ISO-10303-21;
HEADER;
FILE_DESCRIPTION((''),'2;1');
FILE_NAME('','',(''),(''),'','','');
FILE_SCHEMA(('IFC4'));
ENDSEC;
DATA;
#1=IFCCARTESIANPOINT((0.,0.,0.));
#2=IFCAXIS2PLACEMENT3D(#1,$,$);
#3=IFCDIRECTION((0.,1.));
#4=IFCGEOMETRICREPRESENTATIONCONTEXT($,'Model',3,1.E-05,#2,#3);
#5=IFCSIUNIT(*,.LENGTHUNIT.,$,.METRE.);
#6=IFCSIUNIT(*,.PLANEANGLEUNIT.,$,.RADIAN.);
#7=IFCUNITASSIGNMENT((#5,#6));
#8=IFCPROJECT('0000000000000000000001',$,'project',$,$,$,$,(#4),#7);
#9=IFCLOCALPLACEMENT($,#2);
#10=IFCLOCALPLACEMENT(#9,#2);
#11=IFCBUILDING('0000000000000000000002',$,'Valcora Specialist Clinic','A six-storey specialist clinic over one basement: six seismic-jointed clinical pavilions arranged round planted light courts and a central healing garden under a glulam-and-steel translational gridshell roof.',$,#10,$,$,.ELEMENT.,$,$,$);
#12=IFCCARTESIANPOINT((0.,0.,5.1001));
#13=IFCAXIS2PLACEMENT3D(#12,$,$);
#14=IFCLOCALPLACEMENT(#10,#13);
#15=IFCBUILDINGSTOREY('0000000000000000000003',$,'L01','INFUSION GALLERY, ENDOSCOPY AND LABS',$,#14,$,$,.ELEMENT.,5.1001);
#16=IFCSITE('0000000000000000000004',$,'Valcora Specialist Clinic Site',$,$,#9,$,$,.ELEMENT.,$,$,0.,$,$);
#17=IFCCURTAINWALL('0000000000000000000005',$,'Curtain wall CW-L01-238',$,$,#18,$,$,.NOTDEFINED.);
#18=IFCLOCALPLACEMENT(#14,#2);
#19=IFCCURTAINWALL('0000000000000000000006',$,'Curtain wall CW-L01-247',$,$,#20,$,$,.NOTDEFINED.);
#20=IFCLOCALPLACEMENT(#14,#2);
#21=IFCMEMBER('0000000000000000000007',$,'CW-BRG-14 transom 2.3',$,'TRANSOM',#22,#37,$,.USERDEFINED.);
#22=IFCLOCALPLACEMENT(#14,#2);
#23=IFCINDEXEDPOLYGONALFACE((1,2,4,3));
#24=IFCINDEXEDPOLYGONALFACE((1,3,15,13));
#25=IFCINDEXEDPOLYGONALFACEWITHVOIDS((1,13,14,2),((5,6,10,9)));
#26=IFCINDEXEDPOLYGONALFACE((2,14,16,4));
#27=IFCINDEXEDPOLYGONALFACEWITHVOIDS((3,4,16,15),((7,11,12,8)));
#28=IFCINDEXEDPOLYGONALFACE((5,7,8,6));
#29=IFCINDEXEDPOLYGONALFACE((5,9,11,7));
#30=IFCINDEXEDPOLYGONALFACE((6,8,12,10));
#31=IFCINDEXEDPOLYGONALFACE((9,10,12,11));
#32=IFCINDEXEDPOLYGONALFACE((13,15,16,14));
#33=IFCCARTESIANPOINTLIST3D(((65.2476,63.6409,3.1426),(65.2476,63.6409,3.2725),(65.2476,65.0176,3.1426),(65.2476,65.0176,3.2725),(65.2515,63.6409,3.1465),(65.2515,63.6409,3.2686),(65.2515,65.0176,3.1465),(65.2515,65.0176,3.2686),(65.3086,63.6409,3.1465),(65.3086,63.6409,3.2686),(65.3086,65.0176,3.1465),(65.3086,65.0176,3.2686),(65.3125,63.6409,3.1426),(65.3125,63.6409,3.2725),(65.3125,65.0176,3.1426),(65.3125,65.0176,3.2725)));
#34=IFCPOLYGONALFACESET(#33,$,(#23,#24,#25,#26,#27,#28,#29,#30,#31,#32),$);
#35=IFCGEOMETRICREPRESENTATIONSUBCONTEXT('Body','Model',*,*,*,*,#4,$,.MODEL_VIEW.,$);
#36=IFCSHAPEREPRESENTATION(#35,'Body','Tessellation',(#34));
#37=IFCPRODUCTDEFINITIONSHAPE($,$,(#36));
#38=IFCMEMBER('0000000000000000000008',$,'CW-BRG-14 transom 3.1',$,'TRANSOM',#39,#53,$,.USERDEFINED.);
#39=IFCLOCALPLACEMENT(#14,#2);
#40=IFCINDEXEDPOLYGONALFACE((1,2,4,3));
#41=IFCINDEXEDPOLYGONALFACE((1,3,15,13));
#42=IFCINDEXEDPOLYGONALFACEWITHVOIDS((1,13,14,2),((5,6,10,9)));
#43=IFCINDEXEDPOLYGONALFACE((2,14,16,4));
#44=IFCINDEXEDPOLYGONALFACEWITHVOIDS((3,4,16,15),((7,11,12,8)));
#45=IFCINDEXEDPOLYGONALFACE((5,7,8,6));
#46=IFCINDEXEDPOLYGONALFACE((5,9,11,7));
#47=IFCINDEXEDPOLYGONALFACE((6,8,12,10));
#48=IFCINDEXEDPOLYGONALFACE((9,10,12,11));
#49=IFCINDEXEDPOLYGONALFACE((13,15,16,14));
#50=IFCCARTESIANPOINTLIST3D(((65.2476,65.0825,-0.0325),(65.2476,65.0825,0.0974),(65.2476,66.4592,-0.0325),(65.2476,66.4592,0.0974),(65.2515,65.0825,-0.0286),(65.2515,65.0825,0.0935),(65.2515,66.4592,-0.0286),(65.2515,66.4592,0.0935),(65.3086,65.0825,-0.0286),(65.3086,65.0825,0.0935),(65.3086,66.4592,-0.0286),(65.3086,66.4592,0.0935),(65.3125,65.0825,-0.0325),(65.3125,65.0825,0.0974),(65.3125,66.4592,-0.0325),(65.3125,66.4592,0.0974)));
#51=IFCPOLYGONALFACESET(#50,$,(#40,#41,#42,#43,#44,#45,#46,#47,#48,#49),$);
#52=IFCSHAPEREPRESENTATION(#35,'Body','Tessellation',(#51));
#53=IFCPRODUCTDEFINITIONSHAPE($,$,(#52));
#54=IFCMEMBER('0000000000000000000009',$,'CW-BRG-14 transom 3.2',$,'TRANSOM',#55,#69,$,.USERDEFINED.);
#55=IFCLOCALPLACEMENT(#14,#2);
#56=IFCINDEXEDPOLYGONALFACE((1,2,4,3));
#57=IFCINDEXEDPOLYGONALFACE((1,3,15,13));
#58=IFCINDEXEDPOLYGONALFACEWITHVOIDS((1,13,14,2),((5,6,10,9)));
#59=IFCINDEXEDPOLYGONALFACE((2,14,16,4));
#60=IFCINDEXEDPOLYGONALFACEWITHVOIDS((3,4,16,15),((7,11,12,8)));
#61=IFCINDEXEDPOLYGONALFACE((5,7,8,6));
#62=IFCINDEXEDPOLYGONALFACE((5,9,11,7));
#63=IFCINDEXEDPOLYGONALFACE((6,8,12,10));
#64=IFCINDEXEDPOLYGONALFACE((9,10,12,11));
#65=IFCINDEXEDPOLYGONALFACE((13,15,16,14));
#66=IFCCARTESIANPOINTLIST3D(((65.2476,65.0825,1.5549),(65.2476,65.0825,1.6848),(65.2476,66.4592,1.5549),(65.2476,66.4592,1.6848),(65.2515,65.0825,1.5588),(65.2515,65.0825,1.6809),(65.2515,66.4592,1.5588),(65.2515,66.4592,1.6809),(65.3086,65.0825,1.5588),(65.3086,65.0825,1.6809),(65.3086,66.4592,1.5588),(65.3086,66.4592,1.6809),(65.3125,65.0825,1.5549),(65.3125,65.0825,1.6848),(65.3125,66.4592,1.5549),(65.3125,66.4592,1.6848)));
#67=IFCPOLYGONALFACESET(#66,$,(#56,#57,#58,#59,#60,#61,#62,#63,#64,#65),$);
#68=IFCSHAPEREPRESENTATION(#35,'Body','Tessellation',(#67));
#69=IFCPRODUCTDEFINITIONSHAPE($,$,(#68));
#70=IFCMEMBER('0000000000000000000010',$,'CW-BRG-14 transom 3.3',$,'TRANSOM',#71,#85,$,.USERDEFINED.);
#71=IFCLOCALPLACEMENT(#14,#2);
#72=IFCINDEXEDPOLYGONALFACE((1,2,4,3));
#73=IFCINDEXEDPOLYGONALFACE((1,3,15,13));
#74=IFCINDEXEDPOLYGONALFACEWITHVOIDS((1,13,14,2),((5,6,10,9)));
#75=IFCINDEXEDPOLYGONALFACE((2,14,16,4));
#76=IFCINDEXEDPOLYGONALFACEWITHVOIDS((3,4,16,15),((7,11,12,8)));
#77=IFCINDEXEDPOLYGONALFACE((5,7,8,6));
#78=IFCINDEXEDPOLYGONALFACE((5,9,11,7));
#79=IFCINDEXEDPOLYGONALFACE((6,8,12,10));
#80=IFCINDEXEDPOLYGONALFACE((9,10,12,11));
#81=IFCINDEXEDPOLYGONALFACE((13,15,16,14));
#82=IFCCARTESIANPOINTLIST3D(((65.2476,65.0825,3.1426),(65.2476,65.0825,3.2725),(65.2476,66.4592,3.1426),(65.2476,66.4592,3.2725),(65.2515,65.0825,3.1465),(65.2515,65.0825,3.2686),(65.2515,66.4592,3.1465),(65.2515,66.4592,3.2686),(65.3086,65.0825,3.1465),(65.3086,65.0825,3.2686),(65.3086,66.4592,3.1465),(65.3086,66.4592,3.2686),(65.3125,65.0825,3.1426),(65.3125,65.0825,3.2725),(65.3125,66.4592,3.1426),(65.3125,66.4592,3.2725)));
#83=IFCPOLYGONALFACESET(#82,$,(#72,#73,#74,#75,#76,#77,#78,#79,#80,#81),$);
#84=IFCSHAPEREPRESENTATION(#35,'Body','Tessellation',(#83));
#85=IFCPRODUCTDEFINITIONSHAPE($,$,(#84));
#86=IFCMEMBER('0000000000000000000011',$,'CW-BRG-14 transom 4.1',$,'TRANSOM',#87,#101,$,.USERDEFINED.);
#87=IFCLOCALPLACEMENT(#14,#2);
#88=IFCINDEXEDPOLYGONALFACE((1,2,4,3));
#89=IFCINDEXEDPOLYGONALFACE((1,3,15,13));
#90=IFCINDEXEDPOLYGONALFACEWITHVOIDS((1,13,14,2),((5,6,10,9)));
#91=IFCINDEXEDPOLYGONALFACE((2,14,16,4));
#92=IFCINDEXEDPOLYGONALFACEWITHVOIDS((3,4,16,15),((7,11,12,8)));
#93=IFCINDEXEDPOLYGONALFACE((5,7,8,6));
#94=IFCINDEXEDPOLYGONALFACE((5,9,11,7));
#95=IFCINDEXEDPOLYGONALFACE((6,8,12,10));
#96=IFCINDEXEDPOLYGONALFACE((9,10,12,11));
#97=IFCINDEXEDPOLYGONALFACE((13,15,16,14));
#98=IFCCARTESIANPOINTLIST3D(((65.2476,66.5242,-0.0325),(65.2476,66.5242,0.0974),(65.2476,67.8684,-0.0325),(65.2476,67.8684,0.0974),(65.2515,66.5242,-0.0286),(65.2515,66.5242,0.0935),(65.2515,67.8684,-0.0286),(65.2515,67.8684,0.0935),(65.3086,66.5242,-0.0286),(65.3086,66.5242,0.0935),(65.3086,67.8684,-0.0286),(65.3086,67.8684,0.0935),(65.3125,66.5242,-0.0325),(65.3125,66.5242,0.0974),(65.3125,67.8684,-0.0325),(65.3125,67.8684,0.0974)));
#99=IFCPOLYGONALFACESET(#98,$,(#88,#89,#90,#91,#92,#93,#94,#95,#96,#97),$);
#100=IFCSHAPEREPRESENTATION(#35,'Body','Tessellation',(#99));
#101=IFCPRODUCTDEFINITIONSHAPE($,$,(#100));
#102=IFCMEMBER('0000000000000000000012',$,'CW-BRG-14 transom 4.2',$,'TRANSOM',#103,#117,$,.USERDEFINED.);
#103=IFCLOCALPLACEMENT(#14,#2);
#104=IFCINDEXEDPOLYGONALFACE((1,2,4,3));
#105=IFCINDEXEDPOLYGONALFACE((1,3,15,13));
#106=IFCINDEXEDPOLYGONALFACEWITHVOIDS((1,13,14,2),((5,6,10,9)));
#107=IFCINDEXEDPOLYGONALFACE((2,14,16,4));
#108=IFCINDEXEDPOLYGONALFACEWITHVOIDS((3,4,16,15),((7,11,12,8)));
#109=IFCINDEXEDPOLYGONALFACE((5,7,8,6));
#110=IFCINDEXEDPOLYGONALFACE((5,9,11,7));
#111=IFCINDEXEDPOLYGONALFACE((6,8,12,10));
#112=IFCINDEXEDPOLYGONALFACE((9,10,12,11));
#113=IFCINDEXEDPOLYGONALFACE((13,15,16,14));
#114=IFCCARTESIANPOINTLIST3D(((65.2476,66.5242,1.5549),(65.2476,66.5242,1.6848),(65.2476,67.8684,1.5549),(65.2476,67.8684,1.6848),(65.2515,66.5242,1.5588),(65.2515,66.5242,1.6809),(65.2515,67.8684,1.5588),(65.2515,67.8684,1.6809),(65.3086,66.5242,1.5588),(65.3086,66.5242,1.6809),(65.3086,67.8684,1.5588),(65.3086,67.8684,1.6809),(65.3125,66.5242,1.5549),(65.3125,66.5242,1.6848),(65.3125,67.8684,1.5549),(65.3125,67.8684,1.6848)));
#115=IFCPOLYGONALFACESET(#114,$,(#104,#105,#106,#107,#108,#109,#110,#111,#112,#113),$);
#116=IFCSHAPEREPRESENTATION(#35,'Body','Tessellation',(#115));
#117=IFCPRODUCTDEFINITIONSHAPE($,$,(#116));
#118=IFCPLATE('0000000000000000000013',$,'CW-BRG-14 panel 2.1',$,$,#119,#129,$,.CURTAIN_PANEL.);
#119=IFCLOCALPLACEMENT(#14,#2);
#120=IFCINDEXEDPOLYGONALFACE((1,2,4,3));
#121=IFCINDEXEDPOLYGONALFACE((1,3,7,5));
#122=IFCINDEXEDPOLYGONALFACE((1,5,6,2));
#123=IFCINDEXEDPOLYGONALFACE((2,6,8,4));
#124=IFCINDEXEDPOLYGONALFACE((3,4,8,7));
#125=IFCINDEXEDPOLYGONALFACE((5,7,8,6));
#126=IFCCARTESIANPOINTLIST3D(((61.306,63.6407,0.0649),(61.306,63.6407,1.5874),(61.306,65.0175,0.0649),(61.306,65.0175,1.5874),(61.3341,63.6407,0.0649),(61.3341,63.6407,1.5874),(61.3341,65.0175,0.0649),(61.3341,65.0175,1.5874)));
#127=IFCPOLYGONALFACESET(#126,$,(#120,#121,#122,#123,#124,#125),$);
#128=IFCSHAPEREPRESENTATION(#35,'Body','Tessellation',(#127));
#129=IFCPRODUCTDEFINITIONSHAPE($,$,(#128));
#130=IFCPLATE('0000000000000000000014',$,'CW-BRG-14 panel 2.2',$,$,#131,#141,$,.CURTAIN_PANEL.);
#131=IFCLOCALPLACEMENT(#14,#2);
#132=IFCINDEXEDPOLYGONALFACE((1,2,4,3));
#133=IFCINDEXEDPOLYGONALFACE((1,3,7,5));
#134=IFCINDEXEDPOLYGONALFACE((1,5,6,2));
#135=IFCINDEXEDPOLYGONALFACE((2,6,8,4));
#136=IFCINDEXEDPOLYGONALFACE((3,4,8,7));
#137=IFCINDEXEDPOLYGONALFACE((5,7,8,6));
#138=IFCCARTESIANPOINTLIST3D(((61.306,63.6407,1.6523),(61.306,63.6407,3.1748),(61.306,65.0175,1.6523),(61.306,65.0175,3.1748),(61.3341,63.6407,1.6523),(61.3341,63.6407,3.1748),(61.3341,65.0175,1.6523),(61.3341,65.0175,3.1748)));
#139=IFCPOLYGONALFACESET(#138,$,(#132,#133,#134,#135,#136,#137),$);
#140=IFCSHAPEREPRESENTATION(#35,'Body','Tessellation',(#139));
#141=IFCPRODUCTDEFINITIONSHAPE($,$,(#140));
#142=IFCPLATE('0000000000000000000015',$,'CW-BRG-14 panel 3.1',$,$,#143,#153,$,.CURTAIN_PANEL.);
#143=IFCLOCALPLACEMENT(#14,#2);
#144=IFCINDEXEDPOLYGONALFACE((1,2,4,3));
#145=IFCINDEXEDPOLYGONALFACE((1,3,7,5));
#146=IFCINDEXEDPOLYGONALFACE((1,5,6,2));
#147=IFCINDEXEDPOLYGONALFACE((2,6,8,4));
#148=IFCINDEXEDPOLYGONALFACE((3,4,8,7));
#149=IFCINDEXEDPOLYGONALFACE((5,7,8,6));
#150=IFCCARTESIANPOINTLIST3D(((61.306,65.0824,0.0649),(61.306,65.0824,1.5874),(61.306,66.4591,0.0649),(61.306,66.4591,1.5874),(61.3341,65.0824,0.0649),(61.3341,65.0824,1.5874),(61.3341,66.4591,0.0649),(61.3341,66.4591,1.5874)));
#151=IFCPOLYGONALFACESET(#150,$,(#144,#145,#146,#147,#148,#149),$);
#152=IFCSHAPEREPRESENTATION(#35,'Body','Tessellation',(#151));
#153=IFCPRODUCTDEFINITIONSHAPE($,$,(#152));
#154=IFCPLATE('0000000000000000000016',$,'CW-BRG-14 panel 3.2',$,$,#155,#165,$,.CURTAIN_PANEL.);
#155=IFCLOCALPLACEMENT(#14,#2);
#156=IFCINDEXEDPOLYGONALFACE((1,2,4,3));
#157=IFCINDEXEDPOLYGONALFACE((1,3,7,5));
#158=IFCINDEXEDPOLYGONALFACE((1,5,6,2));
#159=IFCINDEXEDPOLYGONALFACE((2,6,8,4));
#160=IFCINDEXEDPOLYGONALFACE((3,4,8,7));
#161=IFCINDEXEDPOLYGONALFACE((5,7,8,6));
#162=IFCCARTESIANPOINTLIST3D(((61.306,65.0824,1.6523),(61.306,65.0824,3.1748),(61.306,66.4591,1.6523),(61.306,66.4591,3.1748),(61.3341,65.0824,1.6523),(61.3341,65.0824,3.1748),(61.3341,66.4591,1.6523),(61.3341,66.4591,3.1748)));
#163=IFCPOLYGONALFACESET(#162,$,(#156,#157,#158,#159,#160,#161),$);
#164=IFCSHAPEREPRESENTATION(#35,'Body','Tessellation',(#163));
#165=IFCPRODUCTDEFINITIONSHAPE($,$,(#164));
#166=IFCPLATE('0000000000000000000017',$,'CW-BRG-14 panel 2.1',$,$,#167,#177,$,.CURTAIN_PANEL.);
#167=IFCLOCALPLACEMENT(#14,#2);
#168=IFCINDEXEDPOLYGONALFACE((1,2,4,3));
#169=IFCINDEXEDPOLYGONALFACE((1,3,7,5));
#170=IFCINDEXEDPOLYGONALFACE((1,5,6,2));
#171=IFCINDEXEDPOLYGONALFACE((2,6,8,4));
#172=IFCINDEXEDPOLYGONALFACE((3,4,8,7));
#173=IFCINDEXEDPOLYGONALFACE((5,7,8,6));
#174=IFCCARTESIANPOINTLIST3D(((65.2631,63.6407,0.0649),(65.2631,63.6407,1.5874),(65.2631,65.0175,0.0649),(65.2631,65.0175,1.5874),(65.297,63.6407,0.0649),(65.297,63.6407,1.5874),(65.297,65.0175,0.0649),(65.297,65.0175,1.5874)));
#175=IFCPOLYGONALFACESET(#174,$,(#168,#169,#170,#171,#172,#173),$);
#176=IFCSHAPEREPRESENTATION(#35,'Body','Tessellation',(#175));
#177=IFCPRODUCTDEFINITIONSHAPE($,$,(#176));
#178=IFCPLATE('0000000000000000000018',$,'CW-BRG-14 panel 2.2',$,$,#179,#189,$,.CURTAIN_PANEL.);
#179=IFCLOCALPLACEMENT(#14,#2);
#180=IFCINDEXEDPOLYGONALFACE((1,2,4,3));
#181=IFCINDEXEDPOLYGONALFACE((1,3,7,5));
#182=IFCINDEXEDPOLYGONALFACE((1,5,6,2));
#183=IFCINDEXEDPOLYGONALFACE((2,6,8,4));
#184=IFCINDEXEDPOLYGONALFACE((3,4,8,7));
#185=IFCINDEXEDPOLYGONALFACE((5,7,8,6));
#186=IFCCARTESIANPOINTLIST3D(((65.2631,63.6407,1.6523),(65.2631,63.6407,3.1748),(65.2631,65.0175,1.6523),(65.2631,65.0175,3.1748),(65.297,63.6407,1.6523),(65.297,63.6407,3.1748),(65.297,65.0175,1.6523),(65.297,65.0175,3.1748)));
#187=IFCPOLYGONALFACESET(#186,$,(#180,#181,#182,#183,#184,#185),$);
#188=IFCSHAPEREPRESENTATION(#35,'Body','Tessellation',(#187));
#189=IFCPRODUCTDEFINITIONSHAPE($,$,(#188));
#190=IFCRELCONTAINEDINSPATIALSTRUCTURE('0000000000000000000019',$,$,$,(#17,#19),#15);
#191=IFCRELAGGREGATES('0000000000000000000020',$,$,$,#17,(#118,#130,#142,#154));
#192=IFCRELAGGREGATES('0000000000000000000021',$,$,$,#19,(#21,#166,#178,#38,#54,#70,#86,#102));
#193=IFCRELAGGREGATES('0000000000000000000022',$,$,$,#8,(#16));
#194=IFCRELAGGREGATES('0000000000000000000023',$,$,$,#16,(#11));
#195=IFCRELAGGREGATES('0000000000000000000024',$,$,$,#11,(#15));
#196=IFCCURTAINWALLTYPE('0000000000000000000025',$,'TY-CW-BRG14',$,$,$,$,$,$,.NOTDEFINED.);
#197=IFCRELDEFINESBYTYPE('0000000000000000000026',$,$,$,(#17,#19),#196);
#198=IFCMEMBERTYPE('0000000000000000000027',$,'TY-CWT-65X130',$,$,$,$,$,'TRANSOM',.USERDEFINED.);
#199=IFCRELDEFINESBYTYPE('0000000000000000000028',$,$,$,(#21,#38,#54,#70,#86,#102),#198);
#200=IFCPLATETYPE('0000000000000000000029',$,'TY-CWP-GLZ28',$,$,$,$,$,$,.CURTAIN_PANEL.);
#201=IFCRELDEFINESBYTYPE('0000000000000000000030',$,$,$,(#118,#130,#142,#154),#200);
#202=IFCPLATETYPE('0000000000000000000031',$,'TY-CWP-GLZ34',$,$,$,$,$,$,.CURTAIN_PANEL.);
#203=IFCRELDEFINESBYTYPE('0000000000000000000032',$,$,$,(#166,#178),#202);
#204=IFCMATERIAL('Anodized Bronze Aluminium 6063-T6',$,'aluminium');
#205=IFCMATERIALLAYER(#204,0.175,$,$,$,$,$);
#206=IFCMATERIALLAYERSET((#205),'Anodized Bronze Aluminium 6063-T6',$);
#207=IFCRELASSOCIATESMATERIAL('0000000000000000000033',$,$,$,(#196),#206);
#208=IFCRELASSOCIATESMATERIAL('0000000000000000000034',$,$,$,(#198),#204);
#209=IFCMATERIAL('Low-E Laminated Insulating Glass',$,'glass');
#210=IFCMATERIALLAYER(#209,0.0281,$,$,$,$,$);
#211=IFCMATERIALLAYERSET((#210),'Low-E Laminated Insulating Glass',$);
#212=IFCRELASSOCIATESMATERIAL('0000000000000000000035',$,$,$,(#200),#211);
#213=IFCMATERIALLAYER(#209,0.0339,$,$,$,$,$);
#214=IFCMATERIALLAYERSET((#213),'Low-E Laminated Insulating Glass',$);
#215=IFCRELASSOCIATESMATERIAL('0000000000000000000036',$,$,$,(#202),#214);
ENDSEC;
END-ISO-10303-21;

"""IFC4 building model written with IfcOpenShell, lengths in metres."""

from ifc_helpers import new_model, si_unit, direction, frame, origin, origin_2d, place, context, subcontext, project, spatial, rectangle, hollow_rectangle, extrude, material, layer, layer_set, material_profile, profile_set, type_object, element, aggregate, save


model = new_model("IFC4")

# Units and contexts
model_context = context("Model", 3, precision=1e-05, world=origin(), true_north=direction((0.0, 1.0)))
body_context = subcontext(model_context, "Body", "Model", "MODEL_VIEW")
ifc_project = project(units=[si_unit("LENGTHUNIT", "METRE"), si_unit("PLANEANGLEUNIT", "RADIAN")], contexts=[model_context])

# Site, building, storey
site_placement = place(None, origin())
site = spatial("IfcSite", under=ifc_project, at=site_placement, Name="Valcora Specialist Clinic Site", CompositionType="ELEMENT", RefElevation=0.0)
building_placement = place(site_placement, origin())
building = spatial("IfcBuilding", under=site, at=building_placement, Name="Valcora Specialist Clinic", Description="A six-storey specialist clinic over one basement: six seismic-jointed clinical pavilions arranged round planted light courts and a central healing garden under a glulam-and-steel translational gridshell roof.", CompositionType="ELEMENT")
storey_placement = place(building_placement, frame((0.0, 0.0, 5.1001)))
storey = spatial("IfcBuildingStorey", under=building, at=storey_placement, Name="L01", Description="INFUSION GALLERY, ENDOSCOPY AND LABS", CompositionType="ELEMENT", Elevation=5.1001)

# Curtain walls
ifc_material_1 = material(Name="Anodized Bronze Aluminium 6063-T6", Category="aluminium")
ifc_layer_1 = layer(ifc_material_1, 0.175)
ifc_layer_set_1 = layer_set([ifc_layer_1], Name="Anodized Bronze Aluminium 6063-T6")
curtain_wall_type = type_object("IfcCurtainWallType", Name="TY-CW-BRG14", PredefinedType="NOTDEFINED", material=ifc_layer_set_1)
curtain_wall_1_placement = place(storey_placement, origin())
curtain_wall_1 = element("IfcCurtainWall", 1, at=curtain_wall_1_placement, inside=storey, type_object=curtain_wall_type, Name="Curtain wall CW-L01-238", PredefinedType="NOTDEFINED")
curtain_wall_2_placement = place(storey_placement, origin())
curtain_wall_2 = element("IfcCurtainWall", 2, at=curtain_wall_2_placement, inside=storey, type_object=curtain_wall_type, Name="Curtain wall CW-L01-247", PredefinedType="NOTDEFINED")

# Members
ifc_material_profile_1 = material_profile(ifc_material_1, hollow_rectangle(XDim=0.0649, YDim=0.1299, WallThickness=0.0039, at=origin_2d()), Name="AL-TRN-65X130")
ifc_profile_set_1 = profile_set([ifc_material_profile_1], Name="Anodized Bronze Aluminium 6063-T6")
member_type_1 = type_object("IfcMemberType", Name="TY-CWT-65X130", ElementType="TRANSOM", PredefinedType="USERDEFINED", material=ifc_profile_set_1)
member_1_placement = place(storey_placement, frame((65.28, 63.6409, 3.2075), z_axis=(0.0, 1.0, 0.0), x_axis=(-1.0, 0.0, 0.0)))
member_1 = element("IfcMember", 3, at=member_1_placement, type_object=member_type_1, Name="CW-BRG-14 transom 2.3", ObjectType="TRANSOM", PredefinedType="USERDEFINED", context=body_context, shape_type="SweptSolid", body=[
    extrude(hollow_rectangle(XDim=0.0649, YDim=0.1299, WallThickness=0.0039, at=origin_2d()), origin(), (0.0, 0.0, 1.0), 1.3767),
])
member_2_placement = place(storey_placement, frame((65.28, 65.0825, 0.0325), z_axis=(0.0, 1.0, 0.0), x_axis=(-1.0, 0.0, 0.0)))
member_2 = element("IfcMember", 4, at=member_2_placement, type_object=member_type_1, Name="CW-BRG-14 transom 3.1", ObjectType="TRANSOM", PredefinedType="USERDEFINED", context=body_context, shape_type="SweptSolid", body=[
    extrude(hollow_rectangle(XDim=0.0649, YDim=0.1299, WallThickness=0.0039, at=origin_2d()), origin(), (0.0, 0.0, 1.0), 1.3767),
])
member_3_placement = place(storey_placement, frame((65.28, 65.0825, 1.6199), z_axis=(0.0, 1.0, 0.0), x_axis=(-1.0, 0.0, 0.0)))
member_3 = element("IfcMember", 5, at=member_3_placement, type_object=member_type_1, Name="CW-BRG-14 transom 3.2", ObjectType="TRANSOM", PredefinedType="USERDEFINED", context=body_context, shape_type="SweptSolid", body=[
    extrude(hollow_rectangle(XDim=0.0649, YDim=0.1299, WallThickness=0.0039, at=origin_2d()), origin(), (0.0, 0.0, 1.0), 1.3767),
])
member_4_placement = place(storey_placement, frame((65.28, 65.0825, 3.2075), z_axis=(0.0, 1.0, 0.0), x_axis=(-1.0, 0.0, 0.0)))
member_4 = element("IfcMember", 6, at=member_4_placement, type_object=member_type_1, Name="CW-BRG-14 transom 3.3", ObjectType="TRANSOM", PredefinedType="USERDEFINED", context=body_context, shape_type="SweptSolid", body=[
    extrude(hollow_rectangle(XDim=0.0649, YDim=0.1299, WallThickness=0.0039, at=origin_2d()), origin(), (0.0, 0.0, 1.0), 1.3767),
])
member_5_placement = place(storey_placement, frame((65.28, 66.5242, 0.0325), z_axis=(0.0, 1.0, 0.0), x_axis=(-1.0, 0.0, 0.0)))
member_5 = element("IfcMember", 7, at=member_5_placement, type_object=member_type_1, Name="CW-BRG-14 transom 4.1", ObjectType="TRANSOM", PredefinedType="USERDEFINED", context=body_context, shape_type="SweptSolid", body=[
    extrude(hollow_rectangle(XDim=0.0649, YDim=0.1299, WallThickness=0.0039, at=origin_2d()), origin(), (0.0, 0.0, 1.0), 1.3442),
])
member_6_placement = place(storey_placement, frame((65.28, 66.5242, 1.6199), z_axis=(0.0, 1.0, 0.0), x_axis=(-1.0, 0.0, 0.0)))
member_6 = element("IfcMember", 8, at=member_6_placement, type_object=member_type_1, Name="CW-BRG-14 transom 4.2", ObjectType="TRANSOM", PredefinedType="USERDEFINED", context=body_context, shape_type="SweptSolid", body=[
    extrude(hollow_rectangle(XDim=0.0649, YDim=0.1299, WallThickness=0.0039, at=origin_2d()), origin(), (0.0, 0.0, 1.0), 1.3442),
])

# Plates
ifc_material_2 = material(Name="Low-E Laminated Insulating Glass", Category="glass")
ifc_layer_2 = layer(ifc_material_2, 0.0281)
ifc_layer_set_2 = layer_set([ifc_layer_2], Name="Low-E Laminated Insulating Glass")
plate_type_1 = type_object("IfcPlateType", Name="TY-CWP-GLZ28", PredefinedType="CURTAIN_PANEL", material=ifc_layer_set_2)
plate_1_placement = place(storey_placement, frame((61.3201, 64.3291, 0.0649), z_axis=(0.0, 0.0, 1.0), x_axis=(0.0, 1.0, 0.0)))
plate_1 = element("IfcPlate", 9, at=plate_1_placement, type_object=plate_type_1, Name="CW-BRG-14 panel 2.1", PredefinedType="CURTAIN_PANEL", context=body_context, shape_type="SweptSolid", body=[
    extrude(rectangle(XDim=1.3767, YDim=0.0281, at=origin_2d()), origin(), (0.0, 0.0, 1.0), 1.5225),
])
plate_2_placement = place(storey_placement, frame((61.3201, 64.3291, 1.6523), z_axis=(0.0, 0.0, 1.0), x_axis=(0.0, 1.0, 0.0)))
plate_2 = element("IfcPlate", 10, at=plate_2_placement, type_object=plate_type_1, Name="CW-BRG-14 panel 2.2", PredefinedType="CURTAIN_PANEL", context=body_context, shape_type="SweptSolid", body=[
    extrude(rectangle(XDim=1.3767, YDim=0.0281, at=origin_2d()), origin(), (0.0, 0.0, 1.0), 1.5225),
])
plate_3_placement = place(storey_placement, frame((61.3201, 65.7708, 0.0649), z_axis=(0.0, 0.0, 1.0), x_axis=(0.0, 1.0, 0.0)))
plate_3 = element("IfcPlate", 11, at=plate_3_placement, type_object=plate_type_1, Name="CW-BRG-14 panel 3.1", PredefinedType="CURTAIN_PANEL", context=body_context, shape_type="SweptSolid", body=[
    extrude(rectangle(XDim=1.3767, YDim=0.0281, at=origin_2d()), origin(), (0.0, 0.0, 1.0), 1.5225),
])
plate_4_placement = place(storey_placement, frame((61.3201, 65.7708, 1.6523), z_axis=(0.0, 0.0, 1.0), x_axis=(0.0, 1.0, 0.0)))
plate_4 = element("IfcPlate", 12, at=plate_4_placement, type_object=plate_type_1, Name="CW-BRG-14 panel 3.2", PredefinedType="CURTAIN_PANEL", context=body_context, shape_type="SweptSolid", body=[
    extrude(rectangle(XDim=1.3767, YDim=0.0281, at=origin_2d()), origin(), (0.0, 0.0, 1.0), 1.5225),
])
aggregate(curtain_wall_1, [plate_1, plate_2, plate_3, plate_4])
ifc_layer_3 = layer(ifc_material_2, 0.0339)
ifc_layer_set_3 = layer_set([ifc_layer_3], Name="Low-E Laminated Insulating Glass")
plate_type_2 = type_object("IfcPlateType", Name="TY-CWP-GLZ34", PredefinedType="CURTAIN_PANEL", material=ifc_layer_set_3)
plate_5_placement = place(storey_placement, frame((65.28, 64.3291, 0.0649), z_axis=(0.0, 0.0, 1.0), x_axis=(0.0, 1.0, 0.0)))
plate_5 = element("IfcPlate", 13, at=plate_5_placement, type_object=plate_type_2, Name="CW-BRG-14 panel 2.1", PredefinedType="CURTAIN_PANEL", context=body_context, shape_type="SweptSolid", body=[
    extrude(rectangle(XDim=1.3767, YDim=0.0339, at=origin_2d()), origin(), (0.0, 0.0, 1.0), 1.5225),
])
plate_6_placement = place(storey_placement, frame((65.28, 64.3291, 1.6523), z_axis=(0.0, 0.0, 1.0), x_axis=(0.0, 1.0, 0.0)))
plate_6 = element("IfcPlate", 14, at=plate_6_placement, type_object=plate_type_2, Name="CW-BRG-14 panel 2.2", PredefinedType="CURTAIN_PANEL", context=body_context, shape_type="SweptSolid", body=[
    extrude(rectangle(XDim=1.3767, YDim=0.0339, at=origin_2d()), origin(), (0.0, 0.0, 1.0), 1.5225),
])
aggregate(curtain_wall_2, [member_1, plate_5, plate_6, member_2, member_3, member_4, member_5, member_6])

save(model, "model.ifc")
